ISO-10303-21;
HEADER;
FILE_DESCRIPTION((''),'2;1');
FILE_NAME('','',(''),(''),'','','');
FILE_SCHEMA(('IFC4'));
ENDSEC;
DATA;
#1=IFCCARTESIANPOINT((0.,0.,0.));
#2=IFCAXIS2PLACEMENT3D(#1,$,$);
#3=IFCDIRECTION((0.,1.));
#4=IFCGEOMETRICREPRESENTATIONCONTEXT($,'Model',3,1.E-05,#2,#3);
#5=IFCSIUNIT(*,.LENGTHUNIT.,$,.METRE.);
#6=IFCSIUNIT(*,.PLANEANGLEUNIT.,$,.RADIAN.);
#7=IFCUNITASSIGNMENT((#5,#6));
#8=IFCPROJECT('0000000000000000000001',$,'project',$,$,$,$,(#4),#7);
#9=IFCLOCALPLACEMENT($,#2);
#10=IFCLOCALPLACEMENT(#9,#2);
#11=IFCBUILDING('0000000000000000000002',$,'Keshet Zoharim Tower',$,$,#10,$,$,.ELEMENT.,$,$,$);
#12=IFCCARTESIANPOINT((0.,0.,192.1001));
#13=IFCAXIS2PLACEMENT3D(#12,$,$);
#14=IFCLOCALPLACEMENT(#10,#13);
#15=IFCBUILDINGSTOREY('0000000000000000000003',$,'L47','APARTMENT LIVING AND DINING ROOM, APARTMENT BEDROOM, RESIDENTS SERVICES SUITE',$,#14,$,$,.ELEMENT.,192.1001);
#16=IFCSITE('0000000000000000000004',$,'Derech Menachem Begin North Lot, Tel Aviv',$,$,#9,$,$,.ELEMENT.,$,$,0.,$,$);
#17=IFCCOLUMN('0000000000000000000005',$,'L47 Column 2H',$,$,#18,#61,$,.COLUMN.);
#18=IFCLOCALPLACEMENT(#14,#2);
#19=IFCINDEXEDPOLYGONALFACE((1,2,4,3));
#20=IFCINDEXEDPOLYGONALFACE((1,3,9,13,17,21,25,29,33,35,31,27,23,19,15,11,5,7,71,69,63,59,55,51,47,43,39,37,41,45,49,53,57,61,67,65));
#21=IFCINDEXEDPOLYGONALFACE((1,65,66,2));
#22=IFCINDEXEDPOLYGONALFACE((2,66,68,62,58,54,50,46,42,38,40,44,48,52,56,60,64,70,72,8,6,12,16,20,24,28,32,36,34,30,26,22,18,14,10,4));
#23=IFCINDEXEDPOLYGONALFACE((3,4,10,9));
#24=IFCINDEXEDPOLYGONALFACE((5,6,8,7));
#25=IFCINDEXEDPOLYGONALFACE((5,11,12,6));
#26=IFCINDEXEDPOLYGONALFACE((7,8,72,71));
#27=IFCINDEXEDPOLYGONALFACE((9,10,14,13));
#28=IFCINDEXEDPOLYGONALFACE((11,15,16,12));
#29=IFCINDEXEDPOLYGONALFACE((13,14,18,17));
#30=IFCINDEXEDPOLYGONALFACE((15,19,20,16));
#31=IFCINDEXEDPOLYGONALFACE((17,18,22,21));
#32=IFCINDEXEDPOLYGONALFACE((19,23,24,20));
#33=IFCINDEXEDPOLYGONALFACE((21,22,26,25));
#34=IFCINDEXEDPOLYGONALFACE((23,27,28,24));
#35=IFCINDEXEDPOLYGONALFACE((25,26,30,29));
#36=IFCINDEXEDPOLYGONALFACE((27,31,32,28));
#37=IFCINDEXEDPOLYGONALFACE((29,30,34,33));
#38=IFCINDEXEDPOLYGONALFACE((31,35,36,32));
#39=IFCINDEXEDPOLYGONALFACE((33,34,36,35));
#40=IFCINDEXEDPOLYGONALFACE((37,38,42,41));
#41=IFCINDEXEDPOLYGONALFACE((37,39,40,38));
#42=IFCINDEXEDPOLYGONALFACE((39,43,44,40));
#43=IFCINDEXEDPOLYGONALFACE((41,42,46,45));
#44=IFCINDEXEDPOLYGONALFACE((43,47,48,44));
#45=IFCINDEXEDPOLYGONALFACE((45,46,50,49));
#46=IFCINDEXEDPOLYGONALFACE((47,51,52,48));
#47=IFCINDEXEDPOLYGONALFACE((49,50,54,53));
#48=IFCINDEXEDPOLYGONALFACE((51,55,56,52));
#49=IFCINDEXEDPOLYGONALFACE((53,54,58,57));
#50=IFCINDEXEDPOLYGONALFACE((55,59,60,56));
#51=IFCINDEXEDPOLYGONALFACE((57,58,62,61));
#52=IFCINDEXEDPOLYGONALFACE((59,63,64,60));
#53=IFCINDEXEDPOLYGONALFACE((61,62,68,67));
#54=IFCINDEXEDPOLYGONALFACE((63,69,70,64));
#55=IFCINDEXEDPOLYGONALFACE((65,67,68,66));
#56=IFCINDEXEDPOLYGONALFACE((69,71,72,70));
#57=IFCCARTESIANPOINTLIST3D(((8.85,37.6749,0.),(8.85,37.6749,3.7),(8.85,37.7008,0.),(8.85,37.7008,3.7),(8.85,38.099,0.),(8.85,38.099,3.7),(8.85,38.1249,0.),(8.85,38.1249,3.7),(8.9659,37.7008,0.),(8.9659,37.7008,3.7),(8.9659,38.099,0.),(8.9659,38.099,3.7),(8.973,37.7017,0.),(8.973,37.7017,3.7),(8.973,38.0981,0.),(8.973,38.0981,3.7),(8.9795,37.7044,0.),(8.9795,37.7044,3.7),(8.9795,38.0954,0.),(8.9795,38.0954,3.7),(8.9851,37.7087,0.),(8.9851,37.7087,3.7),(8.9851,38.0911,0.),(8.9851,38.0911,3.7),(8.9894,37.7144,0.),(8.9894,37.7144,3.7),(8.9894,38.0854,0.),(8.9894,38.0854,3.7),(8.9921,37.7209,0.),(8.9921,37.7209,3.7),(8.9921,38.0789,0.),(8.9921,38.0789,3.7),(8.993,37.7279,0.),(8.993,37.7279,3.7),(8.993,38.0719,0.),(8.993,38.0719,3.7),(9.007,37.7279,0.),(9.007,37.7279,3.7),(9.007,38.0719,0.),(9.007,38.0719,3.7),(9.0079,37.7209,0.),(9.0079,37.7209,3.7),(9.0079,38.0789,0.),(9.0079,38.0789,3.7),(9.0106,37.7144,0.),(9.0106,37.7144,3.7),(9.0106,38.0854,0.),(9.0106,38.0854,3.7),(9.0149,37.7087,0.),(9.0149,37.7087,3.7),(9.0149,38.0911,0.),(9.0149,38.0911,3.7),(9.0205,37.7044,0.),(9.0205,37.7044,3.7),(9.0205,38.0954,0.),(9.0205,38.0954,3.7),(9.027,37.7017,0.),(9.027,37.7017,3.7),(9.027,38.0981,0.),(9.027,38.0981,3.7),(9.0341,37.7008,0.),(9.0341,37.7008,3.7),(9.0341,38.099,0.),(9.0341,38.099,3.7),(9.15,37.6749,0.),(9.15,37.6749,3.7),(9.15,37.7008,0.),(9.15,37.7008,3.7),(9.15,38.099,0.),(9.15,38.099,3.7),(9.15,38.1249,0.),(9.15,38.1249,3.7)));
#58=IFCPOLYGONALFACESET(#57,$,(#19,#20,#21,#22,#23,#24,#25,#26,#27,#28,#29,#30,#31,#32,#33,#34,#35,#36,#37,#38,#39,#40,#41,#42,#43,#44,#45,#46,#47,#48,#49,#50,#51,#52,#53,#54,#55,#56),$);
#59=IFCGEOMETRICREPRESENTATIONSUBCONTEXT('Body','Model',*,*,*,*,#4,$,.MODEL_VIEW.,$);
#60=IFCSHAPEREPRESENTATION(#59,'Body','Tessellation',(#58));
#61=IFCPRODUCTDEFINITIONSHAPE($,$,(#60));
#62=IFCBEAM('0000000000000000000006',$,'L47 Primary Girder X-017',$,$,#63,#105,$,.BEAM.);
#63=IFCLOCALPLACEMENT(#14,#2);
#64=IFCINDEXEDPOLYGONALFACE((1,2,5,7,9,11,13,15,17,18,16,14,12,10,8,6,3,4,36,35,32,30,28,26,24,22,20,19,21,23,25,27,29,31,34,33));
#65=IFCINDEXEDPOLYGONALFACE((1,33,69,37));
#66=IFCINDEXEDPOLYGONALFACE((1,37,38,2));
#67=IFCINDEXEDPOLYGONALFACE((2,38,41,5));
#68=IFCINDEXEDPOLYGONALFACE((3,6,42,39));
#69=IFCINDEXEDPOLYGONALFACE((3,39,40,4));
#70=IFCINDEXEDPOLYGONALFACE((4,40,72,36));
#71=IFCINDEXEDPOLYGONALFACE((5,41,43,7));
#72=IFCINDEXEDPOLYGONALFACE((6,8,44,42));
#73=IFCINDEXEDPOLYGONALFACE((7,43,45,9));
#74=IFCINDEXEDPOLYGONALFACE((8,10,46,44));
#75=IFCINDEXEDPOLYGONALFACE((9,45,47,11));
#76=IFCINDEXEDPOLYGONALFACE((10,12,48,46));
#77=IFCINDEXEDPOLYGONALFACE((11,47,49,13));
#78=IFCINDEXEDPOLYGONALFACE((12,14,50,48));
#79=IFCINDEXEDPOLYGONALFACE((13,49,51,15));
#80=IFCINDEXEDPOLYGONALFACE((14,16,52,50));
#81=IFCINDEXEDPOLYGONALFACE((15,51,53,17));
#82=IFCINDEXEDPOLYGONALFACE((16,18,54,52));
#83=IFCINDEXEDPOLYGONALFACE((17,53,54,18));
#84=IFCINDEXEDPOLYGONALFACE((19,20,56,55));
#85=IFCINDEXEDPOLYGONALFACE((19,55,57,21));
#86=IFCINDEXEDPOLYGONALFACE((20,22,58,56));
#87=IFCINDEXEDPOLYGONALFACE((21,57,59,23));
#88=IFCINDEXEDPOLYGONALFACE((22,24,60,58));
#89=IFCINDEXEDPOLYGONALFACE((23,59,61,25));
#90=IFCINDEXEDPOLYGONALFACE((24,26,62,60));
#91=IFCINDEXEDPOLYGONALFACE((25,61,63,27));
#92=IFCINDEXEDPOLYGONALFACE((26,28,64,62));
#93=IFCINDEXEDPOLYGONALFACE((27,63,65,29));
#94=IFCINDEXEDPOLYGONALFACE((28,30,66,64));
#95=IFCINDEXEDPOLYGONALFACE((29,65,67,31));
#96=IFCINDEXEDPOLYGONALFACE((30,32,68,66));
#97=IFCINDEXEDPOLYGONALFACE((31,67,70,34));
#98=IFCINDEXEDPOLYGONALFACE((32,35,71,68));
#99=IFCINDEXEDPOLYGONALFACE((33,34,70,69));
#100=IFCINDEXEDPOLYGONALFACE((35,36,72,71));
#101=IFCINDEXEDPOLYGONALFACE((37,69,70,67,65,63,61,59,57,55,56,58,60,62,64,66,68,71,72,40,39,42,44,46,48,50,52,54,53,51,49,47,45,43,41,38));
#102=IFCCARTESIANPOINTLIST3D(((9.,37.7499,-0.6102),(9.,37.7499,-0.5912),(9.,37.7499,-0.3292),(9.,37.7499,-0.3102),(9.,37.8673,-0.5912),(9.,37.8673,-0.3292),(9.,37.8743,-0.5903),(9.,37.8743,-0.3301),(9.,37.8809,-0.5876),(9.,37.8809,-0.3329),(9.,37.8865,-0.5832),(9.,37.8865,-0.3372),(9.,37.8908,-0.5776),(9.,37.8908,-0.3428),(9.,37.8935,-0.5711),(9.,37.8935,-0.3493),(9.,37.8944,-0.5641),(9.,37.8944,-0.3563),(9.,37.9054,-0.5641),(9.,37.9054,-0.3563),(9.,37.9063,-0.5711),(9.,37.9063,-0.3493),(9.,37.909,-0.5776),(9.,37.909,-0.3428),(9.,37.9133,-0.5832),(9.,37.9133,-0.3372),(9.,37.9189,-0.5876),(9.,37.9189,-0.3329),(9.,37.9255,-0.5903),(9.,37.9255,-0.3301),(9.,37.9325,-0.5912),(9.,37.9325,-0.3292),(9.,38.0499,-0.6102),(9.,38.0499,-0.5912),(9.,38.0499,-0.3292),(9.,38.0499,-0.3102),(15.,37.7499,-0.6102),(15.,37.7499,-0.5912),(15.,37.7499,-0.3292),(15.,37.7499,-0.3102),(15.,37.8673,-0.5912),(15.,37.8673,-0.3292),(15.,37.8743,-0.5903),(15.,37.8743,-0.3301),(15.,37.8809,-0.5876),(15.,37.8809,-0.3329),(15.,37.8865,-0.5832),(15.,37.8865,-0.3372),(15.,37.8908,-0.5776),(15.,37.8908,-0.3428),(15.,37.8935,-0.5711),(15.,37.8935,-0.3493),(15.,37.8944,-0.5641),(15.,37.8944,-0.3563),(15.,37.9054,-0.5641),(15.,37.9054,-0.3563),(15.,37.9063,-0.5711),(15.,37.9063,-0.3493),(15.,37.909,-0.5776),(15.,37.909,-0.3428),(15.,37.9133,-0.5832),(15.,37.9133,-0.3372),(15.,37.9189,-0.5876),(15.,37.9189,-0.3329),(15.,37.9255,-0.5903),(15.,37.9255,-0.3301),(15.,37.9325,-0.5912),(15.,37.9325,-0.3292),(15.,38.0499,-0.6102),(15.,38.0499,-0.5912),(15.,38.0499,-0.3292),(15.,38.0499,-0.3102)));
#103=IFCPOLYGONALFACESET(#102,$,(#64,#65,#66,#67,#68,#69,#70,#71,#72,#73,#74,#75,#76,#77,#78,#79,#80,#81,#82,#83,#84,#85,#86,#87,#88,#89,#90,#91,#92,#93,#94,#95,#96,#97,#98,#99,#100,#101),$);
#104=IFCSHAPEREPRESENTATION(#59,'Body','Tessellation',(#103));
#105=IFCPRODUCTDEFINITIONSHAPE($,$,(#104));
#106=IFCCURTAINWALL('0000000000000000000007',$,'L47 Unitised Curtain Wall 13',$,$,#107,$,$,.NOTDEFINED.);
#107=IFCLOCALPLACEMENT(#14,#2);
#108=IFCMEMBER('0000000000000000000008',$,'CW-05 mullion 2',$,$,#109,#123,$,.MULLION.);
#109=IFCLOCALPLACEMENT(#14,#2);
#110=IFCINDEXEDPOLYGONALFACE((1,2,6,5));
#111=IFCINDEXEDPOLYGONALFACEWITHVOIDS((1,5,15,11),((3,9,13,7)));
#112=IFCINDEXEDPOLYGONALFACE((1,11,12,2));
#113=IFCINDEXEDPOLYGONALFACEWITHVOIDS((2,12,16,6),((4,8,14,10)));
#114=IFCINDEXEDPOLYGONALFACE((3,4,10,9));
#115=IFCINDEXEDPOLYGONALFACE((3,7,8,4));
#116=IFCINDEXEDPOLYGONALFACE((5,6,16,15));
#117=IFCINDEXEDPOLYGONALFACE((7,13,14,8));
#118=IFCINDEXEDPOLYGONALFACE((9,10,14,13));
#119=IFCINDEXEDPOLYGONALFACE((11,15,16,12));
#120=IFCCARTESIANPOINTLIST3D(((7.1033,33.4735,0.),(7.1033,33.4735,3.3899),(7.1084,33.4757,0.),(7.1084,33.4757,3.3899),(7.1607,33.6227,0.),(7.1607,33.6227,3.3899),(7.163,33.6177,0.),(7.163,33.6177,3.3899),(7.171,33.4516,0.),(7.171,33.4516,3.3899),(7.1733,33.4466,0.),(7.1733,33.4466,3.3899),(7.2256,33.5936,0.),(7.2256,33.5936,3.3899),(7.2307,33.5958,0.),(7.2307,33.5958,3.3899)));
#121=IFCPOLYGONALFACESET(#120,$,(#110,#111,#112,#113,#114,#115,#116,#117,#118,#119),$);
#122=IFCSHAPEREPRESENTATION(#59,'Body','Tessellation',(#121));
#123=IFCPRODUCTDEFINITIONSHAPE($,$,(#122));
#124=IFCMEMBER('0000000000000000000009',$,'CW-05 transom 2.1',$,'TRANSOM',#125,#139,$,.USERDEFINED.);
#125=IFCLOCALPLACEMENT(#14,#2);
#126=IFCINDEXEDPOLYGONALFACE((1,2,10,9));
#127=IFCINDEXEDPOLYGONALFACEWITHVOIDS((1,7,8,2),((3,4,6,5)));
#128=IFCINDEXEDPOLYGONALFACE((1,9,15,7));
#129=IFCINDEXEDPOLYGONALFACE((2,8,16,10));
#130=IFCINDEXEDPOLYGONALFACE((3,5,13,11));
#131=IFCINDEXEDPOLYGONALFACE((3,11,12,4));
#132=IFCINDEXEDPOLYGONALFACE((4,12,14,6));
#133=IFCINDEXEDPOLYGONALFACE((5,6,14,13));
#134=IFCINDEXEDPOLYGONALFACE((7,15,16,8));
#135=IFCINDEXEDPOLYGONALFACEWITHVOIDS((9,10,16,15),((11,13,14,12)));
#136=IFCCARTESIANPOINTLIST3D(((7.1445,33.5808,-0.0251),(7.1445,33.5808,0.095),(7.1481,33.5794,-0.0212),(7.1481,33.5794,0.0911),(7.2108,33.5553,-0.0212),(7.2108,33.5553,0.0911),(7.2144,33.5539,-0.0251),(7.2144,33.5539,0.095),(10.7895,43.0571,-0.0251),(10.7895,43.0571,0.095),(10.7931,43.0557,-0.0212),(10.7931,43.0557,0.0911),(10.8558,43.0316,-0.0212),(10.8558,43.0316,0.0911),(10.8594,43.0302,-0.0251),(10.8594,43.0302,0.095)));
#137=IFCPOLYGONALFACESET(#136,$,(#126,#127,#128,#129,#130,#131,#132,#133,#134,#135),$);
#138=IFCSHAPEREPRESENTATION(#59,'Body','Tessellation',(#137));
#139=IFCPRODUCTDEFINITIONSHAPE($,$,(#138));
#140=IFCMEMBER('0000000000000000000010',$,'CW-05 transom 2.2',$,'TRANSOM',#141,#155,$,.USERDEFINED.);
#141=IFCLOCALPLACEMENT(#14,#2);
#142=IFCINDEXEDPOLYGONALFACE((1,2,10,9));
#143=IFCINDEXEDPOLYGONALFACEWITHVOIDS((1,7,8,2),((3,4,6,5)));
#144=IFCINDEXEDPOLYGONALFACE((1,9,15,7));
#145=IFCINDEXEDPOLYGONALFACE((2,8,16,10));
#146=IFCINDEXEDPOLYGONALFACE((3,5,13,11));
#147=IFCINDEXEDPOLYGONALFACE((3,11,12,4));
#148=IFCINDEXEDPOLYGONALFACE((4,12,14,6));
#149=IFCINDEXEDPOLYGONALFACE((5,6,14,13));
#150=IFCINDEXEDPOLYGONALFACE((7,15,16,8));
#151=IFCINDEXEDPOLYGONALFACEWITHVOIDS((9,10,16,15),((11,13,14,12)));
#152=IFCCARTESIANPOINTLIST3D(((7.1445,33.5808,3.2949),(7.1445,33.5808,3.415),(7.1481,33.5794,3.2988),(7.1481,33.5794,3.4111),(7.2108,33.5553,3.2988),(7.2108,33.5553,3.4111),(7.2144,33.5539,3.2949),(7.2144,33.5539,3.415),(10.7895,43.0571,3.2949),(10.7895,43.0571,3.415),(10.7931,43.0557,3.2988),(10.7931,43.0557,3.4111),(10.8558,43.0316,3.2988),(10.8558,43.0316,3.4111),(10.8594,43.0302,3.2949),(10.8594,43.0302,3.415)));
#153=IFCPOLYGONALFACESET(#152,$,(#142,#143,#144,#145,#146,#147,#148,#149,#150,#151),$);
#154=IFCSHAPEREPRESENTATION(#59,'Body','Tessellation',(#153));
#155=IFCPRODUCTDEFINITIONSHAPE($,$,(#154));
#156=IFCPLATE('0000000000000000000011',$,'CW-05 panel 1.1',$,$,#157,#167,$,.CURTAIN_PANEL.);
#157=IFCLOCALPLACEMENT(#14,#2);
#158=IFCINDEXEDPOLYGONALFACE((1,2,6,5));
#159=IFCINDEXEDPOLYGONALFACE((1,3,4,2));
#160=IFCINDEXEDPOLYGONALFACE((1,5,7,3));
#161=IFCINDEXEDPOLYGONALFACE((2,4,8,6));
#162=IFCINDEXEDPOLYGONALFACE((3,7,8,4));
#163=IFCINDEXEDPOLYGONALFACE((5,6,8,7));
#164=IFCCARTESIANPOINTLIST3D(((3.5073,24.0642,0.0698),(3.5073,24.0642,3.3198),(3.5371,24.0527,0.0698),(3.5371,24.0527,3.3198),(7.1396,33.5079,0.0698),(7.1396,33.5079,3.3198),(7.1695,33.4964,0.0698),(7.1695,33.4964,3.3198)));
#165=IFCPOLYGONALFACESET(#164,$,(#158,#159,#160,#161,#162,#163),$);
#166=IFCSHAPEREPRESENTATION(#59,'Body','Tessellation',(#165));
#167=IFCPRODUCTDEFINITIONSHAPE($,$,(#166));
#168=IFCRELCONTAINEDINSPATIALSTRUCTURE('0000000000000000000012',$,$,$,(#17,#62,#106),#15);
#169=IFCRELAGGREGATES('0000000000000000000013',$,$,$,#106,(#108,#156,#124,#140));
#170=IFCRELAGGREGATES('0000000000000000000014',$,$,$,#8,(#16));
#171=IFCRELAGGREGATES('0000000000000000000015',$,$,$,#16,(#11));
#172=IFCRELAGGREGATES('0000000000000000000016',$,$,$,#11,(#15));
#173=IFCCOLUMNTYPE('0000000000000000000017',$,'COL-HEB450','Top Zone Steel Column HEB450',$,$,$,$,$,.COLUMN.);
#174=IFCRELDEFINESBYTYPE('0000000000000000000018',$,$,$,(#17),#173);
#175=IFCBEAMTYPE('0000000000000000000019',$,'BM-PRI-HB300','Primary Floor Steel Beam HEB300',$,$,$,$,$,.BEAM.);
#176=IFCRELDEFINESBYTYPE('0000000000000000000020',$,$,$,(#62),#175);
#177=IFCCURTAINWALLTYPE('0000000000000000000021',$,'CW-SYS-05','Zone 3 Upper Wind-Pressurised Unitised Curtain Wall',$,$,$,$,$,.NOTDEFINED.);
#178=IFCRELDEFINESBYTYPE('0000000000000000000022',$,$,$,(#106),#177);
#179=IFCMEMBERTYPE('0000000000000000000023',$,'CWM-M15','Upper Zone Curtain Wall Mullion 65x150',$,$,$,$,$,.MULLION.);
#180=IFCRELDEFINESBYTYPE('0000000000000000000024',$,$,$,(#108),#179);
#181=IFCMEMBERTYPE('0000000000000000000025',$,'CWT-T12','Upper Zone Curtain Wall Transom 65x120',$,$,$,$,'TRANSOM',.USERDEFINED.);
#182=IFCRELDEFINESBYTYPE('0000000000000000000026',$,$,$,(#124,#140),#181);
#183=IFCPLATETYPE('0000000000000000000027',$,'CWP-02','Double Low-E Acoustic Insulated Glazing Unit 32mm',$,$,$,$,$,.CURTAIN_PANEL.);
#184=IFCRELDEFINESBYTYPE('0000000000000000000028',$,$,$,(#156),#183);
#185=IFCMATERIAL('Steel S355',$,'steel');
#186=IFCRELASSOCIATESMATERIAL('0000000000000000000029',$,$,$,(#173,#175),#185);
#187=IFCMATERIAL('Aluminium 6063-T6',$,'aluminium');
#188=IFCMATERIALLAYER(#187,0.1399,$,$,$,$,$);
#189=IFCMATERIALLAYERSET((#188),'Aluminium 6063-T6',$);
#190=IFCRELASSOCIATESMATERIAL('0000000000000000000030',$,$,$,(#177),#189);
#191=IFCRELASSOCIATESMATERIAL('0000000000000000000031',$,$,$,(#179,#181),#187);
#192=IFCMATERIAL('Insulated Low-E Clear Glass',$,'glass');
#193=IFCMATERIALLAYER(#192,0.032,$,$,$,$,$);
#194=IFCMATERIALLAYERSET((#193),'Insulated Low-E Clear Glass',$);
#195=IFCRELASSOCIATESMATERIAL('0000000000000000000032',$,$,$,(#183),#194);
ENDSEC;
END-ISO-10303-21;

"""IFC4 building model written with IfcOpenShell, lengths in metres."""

from ifc_helpers import new_model, si_unit, direction, frame, origin, origin_2d, place, context, subcontext, project, spatial, rectangle, hollow_rectangle, i_section, extrude, material, layer, layer_set, material_profile, profile_set, type_object, element, aggregate, save


model = new_model("IFC4")

# Units and contexts
model_context = context("Model", 3, precision=1e-05, world=origin(), true_north=direction((0.0, 1.0)))
body_context = subcontext(model_context, "Body", "Model", "MODEL_VIEW")
ifc_project = project(units=[si_unit("LENGTHUNIT", "METRE"), si_unit("PLANEANGLEUNIT", "RADIAN")], contexts=[model_context])

# Site, building, storey
site_placement = place(None, origin())
site = spatial("IfcSite", under=ifc_project, at=site_placement, Name="Derech Menachem Begin North Lot, Tel Aviv", CompositionType="ELEMENT", RefElevation=0.0)
building_placement = place(site_placement, origin())
building = spatial("IfcBuilding", under=site, at=building_placement, Name="Keshet Zoharim Tower", CompositionType="ELEMENT")
storey_placement = place(building_placement, frame((0.0, 0.0, 192.1001)))
storey = spatial("IfcBuildingStorey", under=building, at=storey_placement, Name="L47", Description="APARTMENT LIVING AND DINING ROOM, APARTMENT BEDROOM, RESIDENTS SERVICES SUITE", CompositionType="ELEMENT", Elevation=192.1001)

# Column
ifc_material_1 = material(Name="Steel S355", Category="steel")
ifc_material_profile_1 = material_profile(ifc_material_1, i_section(OverallWidth=0.3, OverallDepth=0.45, WebThickness=0.0139, FlangeThickness=0.0259, FilletRadius=0.0271, at=origin_2d()), Name="HEB450")
ifc_profile_set_1 = profile_set([ifc_material_profile_1], Name="Steel S355")
column_type = type_object("IfcColumnType", Name="COL-HEB450", Description="Top Zone Steel Column HEB450", PredefinedType="COLUMN", material=ifc_profile_set_1)
column_placement = place(storey_placement, frame((9.0, 37.8999, 0.0), z_axis=(0.0, 0.0, 1.0), x_axis=(1.0, 0.0, 0.0)))
element("IfcColumn", 1, at=column_placement, inside=storey, type_object=column_type, Name="L47 Column 2H", PredefinedType="COLUMN", context=body_context, shape_type="SweptSolid", body=[
    extrude(i_section(OverallWidth=0.3, OverallDepth=0.45, WebThickness=0.0139, FlangeThickness=0.0259, FilletRadius=0.0271, at=origin_2d()), origin(), (0.0, 0.0, 1.0), 3.7),
])

# Beam
ifc_material_profile_2 = material_profile(ifc_material_1, i_section(OverallWidth=0.3, OverallDepth=0.3, WebThickness=0.011, FlangeThickness=0.019, FilletRadius=0.0271, at=origin_2d()), Name="HEB300")
ifc_profile_set_2 = profile_set([ifc_material_profile_2], Name="Steel S355")
beam_type = type_object("IfcBeamType", Name="BM-PRI-HB300", Description="Primary Floor Steel Beam HEB300", PredefinedType="BEAM", material=ifc_profile_set_2)
beam_placement = place(storey_placement, frame((9.0, 37.8999, -0.4602), z_axis=(1.0, 0.0, 0.0), x_axis=(0.0, 1.0, 0.0)))
element("IfcBeam", 2, at=beam_placement, inside=storey, type_object=beam_type, Name="L47 Primary Girder X-017", PredefinedType="BEAM", context=body_context, shape_type="SweptSolid", body=[
    extrude(i_section(OverallWidth=0.3, OverallDepth=0.3, WebThickness=0.011, FlangeThickness=0.019, FilletRadius=0.0271, at=origin_2d()), origin(), (0.0, 0.0, 1.0), 6.0),
])

# Curtain wall, members, plate
ifc_material_2 = material(Name="Aluminium 6063-T6", Category="aluminium")
ifc_layer_1 = layer(ifc_material_2, 0.1399)
ifc_layer_set_1 = layer_set([ifc_layer_1], Name="Aluminium 6063-T6")
curtain_wall_type = type_object("IfcCurtainWallType", Name="CW-SYS-05", Description="Zone 3 Upper Wind-Pressurised Unitised Curtain Wall", PredefinedType="NOTDEFINED", material=ifc_layer_set_1)
curtain_wall_placement = place(storey_placement, origin())
curtain_wall = element("IfcCurtainWall", 3, at=curtain_wall_placement, inside=storey, type_object=curtain_wall_type, Name="L47 Unitised Curtain Wall 13", PredefinedType="NOTDEFINED")
ifc_material_profile_3 = material_profile(ifc_material_2, hollow_rectangle(XDim=0.075, YDim=0.1599, WallThickness=0.0039, at=origin_2d()), Name="MUL-75x160")
ifc_profile_set_3 = profile_set([ifc_material_profile_3], Name="Aluminium 6063-T6")
member_type_1 = type_object("IfcMemberType", Name="CWM-M15", Description="Upper Zone Curtain Wall Mullion 65x150", PredefinedType="MULLION", material=ifc_profile_set_3)
member_1_placement = place(storey_placement, frame((7.167, 33.5347, 0.0), z_axis=(0.0, 0.0, 1.0), x_axis=(-0.933341, 0.35899, 0.0)))
member_1 = element("IfcMember", 4, at=member_1_placement, type_object=member_type_1, Name="CW-05 mullion 2", PredefinedType="MULLION", context=body_context, shape_type="SweptSolid", body=[
    extrude(hollow_rectangle(XDim=0.075, YDim=0.1599, WallThickness=0.0039, at=origin_2d()), origin(), (0.0, 0.0, 1.0), 3.3899),
])
ifc_material_profile_4 = material_profile(ifc_material_2, hollow_rectangle(XDim=0.075, YDim=0.1201, WallThickness=0.0039, at=origin_2d()), Name="TRN-75x120")
ifc_profile_set_4 = profile_set([ifc_material_profile_4], Name="Aluminium 6063-T6")
member_type_2 = type_object("IfcMemberType", Name="CWT-T12", Description="Upper Zone Curtain Wall Transom 65x120", ElementType="TRANSOM", PredefinedType="USERDEFINED", material=ifc_profile_set_4)
member_2_placement = place(storey_placement, frame((7.1794, 33.5674, 0.0349), z_axis=(0.359003, 0.933336, 0.0), x_axis=(-0.933336, 0.359003, 0.0)))
member_2 = element("IfcMember", 5, at=member_2_placement, type_object=member_type_2, Name="CW-05 transom 2.1", ObjectType="TRANSOM", PredefinedType="USERDEFINED", context=body_context, shape_type="SweptSolid", body=[
    extrude(hollow_rectangle(XDim=0.075, YDim=0.1201, WallThickness=0.0039, at=origin_2d()), origin(), (0.0, 0.0, 1.0), 10.1531),
])
member_3_placement = place(storey_placement, frame((7.1794, 33.5674, 3.355), z_axis=(0.359003, 0.933336, 0.0), x_axis=(-0.933336, 0.359003, 0.0)))
member_3 = element("IfcMember", 6, at=member_3_placement, type_object=member_type_2, Name="CW-05 transom 2.2", ObjectType="TRANSOM", PredefinedType="USERDEFINED", context=body_context, shape_type="SweptSolid", body=[
    extrude(hollow_rectangle(XDim=0.075, YDim=0.1201, WallThickness=0.0039, at=origin_2d()), origin(), (0.0, 0.0, 1.0), 10.1531),
])
ifc_material_3 = material(Name="Insulated Low-E Clear Glass", Category="glass")
ifc_layer_2 = layer(ifc_material_3, 0.032)
ifc_layer_set_2 = layer_set([ifc_layer_2], Name="Insulated Low-E Clear Glass")
plate_type = type_object("IfcPlateType", Name="CWP-02", Description="Double Low-E Acoustic Insulated Glazing Unit 32mm", PredefinedType="CURTAIN_PANEL", material=ifc_layer_set_2)
plate_placement = place(storey_placement, frame((5.3384, 28.7803, 0.0698), z_axis=(0.0, 0.0, 1.0), x_axis=(0.35899, 0.933341, 0.0)))
plate = element("IfcPlate", 7, at=plate_placement, type_object=plate_type, Name="CW-05 panel 1.1", PredefinedType="CURTAIN_PANEL", context=body_context, shape_type="SweptSolid", body=[
    extrude(rectangle(XDim=10.1182, YDim=0.032, at=origin_2d()), origin(), (0.0, 0.0, 1.0), 3.25),
])
aggregate(curtain_wall, [member_1, plate, member_2, member_3])

save(model, "model.ifc")
